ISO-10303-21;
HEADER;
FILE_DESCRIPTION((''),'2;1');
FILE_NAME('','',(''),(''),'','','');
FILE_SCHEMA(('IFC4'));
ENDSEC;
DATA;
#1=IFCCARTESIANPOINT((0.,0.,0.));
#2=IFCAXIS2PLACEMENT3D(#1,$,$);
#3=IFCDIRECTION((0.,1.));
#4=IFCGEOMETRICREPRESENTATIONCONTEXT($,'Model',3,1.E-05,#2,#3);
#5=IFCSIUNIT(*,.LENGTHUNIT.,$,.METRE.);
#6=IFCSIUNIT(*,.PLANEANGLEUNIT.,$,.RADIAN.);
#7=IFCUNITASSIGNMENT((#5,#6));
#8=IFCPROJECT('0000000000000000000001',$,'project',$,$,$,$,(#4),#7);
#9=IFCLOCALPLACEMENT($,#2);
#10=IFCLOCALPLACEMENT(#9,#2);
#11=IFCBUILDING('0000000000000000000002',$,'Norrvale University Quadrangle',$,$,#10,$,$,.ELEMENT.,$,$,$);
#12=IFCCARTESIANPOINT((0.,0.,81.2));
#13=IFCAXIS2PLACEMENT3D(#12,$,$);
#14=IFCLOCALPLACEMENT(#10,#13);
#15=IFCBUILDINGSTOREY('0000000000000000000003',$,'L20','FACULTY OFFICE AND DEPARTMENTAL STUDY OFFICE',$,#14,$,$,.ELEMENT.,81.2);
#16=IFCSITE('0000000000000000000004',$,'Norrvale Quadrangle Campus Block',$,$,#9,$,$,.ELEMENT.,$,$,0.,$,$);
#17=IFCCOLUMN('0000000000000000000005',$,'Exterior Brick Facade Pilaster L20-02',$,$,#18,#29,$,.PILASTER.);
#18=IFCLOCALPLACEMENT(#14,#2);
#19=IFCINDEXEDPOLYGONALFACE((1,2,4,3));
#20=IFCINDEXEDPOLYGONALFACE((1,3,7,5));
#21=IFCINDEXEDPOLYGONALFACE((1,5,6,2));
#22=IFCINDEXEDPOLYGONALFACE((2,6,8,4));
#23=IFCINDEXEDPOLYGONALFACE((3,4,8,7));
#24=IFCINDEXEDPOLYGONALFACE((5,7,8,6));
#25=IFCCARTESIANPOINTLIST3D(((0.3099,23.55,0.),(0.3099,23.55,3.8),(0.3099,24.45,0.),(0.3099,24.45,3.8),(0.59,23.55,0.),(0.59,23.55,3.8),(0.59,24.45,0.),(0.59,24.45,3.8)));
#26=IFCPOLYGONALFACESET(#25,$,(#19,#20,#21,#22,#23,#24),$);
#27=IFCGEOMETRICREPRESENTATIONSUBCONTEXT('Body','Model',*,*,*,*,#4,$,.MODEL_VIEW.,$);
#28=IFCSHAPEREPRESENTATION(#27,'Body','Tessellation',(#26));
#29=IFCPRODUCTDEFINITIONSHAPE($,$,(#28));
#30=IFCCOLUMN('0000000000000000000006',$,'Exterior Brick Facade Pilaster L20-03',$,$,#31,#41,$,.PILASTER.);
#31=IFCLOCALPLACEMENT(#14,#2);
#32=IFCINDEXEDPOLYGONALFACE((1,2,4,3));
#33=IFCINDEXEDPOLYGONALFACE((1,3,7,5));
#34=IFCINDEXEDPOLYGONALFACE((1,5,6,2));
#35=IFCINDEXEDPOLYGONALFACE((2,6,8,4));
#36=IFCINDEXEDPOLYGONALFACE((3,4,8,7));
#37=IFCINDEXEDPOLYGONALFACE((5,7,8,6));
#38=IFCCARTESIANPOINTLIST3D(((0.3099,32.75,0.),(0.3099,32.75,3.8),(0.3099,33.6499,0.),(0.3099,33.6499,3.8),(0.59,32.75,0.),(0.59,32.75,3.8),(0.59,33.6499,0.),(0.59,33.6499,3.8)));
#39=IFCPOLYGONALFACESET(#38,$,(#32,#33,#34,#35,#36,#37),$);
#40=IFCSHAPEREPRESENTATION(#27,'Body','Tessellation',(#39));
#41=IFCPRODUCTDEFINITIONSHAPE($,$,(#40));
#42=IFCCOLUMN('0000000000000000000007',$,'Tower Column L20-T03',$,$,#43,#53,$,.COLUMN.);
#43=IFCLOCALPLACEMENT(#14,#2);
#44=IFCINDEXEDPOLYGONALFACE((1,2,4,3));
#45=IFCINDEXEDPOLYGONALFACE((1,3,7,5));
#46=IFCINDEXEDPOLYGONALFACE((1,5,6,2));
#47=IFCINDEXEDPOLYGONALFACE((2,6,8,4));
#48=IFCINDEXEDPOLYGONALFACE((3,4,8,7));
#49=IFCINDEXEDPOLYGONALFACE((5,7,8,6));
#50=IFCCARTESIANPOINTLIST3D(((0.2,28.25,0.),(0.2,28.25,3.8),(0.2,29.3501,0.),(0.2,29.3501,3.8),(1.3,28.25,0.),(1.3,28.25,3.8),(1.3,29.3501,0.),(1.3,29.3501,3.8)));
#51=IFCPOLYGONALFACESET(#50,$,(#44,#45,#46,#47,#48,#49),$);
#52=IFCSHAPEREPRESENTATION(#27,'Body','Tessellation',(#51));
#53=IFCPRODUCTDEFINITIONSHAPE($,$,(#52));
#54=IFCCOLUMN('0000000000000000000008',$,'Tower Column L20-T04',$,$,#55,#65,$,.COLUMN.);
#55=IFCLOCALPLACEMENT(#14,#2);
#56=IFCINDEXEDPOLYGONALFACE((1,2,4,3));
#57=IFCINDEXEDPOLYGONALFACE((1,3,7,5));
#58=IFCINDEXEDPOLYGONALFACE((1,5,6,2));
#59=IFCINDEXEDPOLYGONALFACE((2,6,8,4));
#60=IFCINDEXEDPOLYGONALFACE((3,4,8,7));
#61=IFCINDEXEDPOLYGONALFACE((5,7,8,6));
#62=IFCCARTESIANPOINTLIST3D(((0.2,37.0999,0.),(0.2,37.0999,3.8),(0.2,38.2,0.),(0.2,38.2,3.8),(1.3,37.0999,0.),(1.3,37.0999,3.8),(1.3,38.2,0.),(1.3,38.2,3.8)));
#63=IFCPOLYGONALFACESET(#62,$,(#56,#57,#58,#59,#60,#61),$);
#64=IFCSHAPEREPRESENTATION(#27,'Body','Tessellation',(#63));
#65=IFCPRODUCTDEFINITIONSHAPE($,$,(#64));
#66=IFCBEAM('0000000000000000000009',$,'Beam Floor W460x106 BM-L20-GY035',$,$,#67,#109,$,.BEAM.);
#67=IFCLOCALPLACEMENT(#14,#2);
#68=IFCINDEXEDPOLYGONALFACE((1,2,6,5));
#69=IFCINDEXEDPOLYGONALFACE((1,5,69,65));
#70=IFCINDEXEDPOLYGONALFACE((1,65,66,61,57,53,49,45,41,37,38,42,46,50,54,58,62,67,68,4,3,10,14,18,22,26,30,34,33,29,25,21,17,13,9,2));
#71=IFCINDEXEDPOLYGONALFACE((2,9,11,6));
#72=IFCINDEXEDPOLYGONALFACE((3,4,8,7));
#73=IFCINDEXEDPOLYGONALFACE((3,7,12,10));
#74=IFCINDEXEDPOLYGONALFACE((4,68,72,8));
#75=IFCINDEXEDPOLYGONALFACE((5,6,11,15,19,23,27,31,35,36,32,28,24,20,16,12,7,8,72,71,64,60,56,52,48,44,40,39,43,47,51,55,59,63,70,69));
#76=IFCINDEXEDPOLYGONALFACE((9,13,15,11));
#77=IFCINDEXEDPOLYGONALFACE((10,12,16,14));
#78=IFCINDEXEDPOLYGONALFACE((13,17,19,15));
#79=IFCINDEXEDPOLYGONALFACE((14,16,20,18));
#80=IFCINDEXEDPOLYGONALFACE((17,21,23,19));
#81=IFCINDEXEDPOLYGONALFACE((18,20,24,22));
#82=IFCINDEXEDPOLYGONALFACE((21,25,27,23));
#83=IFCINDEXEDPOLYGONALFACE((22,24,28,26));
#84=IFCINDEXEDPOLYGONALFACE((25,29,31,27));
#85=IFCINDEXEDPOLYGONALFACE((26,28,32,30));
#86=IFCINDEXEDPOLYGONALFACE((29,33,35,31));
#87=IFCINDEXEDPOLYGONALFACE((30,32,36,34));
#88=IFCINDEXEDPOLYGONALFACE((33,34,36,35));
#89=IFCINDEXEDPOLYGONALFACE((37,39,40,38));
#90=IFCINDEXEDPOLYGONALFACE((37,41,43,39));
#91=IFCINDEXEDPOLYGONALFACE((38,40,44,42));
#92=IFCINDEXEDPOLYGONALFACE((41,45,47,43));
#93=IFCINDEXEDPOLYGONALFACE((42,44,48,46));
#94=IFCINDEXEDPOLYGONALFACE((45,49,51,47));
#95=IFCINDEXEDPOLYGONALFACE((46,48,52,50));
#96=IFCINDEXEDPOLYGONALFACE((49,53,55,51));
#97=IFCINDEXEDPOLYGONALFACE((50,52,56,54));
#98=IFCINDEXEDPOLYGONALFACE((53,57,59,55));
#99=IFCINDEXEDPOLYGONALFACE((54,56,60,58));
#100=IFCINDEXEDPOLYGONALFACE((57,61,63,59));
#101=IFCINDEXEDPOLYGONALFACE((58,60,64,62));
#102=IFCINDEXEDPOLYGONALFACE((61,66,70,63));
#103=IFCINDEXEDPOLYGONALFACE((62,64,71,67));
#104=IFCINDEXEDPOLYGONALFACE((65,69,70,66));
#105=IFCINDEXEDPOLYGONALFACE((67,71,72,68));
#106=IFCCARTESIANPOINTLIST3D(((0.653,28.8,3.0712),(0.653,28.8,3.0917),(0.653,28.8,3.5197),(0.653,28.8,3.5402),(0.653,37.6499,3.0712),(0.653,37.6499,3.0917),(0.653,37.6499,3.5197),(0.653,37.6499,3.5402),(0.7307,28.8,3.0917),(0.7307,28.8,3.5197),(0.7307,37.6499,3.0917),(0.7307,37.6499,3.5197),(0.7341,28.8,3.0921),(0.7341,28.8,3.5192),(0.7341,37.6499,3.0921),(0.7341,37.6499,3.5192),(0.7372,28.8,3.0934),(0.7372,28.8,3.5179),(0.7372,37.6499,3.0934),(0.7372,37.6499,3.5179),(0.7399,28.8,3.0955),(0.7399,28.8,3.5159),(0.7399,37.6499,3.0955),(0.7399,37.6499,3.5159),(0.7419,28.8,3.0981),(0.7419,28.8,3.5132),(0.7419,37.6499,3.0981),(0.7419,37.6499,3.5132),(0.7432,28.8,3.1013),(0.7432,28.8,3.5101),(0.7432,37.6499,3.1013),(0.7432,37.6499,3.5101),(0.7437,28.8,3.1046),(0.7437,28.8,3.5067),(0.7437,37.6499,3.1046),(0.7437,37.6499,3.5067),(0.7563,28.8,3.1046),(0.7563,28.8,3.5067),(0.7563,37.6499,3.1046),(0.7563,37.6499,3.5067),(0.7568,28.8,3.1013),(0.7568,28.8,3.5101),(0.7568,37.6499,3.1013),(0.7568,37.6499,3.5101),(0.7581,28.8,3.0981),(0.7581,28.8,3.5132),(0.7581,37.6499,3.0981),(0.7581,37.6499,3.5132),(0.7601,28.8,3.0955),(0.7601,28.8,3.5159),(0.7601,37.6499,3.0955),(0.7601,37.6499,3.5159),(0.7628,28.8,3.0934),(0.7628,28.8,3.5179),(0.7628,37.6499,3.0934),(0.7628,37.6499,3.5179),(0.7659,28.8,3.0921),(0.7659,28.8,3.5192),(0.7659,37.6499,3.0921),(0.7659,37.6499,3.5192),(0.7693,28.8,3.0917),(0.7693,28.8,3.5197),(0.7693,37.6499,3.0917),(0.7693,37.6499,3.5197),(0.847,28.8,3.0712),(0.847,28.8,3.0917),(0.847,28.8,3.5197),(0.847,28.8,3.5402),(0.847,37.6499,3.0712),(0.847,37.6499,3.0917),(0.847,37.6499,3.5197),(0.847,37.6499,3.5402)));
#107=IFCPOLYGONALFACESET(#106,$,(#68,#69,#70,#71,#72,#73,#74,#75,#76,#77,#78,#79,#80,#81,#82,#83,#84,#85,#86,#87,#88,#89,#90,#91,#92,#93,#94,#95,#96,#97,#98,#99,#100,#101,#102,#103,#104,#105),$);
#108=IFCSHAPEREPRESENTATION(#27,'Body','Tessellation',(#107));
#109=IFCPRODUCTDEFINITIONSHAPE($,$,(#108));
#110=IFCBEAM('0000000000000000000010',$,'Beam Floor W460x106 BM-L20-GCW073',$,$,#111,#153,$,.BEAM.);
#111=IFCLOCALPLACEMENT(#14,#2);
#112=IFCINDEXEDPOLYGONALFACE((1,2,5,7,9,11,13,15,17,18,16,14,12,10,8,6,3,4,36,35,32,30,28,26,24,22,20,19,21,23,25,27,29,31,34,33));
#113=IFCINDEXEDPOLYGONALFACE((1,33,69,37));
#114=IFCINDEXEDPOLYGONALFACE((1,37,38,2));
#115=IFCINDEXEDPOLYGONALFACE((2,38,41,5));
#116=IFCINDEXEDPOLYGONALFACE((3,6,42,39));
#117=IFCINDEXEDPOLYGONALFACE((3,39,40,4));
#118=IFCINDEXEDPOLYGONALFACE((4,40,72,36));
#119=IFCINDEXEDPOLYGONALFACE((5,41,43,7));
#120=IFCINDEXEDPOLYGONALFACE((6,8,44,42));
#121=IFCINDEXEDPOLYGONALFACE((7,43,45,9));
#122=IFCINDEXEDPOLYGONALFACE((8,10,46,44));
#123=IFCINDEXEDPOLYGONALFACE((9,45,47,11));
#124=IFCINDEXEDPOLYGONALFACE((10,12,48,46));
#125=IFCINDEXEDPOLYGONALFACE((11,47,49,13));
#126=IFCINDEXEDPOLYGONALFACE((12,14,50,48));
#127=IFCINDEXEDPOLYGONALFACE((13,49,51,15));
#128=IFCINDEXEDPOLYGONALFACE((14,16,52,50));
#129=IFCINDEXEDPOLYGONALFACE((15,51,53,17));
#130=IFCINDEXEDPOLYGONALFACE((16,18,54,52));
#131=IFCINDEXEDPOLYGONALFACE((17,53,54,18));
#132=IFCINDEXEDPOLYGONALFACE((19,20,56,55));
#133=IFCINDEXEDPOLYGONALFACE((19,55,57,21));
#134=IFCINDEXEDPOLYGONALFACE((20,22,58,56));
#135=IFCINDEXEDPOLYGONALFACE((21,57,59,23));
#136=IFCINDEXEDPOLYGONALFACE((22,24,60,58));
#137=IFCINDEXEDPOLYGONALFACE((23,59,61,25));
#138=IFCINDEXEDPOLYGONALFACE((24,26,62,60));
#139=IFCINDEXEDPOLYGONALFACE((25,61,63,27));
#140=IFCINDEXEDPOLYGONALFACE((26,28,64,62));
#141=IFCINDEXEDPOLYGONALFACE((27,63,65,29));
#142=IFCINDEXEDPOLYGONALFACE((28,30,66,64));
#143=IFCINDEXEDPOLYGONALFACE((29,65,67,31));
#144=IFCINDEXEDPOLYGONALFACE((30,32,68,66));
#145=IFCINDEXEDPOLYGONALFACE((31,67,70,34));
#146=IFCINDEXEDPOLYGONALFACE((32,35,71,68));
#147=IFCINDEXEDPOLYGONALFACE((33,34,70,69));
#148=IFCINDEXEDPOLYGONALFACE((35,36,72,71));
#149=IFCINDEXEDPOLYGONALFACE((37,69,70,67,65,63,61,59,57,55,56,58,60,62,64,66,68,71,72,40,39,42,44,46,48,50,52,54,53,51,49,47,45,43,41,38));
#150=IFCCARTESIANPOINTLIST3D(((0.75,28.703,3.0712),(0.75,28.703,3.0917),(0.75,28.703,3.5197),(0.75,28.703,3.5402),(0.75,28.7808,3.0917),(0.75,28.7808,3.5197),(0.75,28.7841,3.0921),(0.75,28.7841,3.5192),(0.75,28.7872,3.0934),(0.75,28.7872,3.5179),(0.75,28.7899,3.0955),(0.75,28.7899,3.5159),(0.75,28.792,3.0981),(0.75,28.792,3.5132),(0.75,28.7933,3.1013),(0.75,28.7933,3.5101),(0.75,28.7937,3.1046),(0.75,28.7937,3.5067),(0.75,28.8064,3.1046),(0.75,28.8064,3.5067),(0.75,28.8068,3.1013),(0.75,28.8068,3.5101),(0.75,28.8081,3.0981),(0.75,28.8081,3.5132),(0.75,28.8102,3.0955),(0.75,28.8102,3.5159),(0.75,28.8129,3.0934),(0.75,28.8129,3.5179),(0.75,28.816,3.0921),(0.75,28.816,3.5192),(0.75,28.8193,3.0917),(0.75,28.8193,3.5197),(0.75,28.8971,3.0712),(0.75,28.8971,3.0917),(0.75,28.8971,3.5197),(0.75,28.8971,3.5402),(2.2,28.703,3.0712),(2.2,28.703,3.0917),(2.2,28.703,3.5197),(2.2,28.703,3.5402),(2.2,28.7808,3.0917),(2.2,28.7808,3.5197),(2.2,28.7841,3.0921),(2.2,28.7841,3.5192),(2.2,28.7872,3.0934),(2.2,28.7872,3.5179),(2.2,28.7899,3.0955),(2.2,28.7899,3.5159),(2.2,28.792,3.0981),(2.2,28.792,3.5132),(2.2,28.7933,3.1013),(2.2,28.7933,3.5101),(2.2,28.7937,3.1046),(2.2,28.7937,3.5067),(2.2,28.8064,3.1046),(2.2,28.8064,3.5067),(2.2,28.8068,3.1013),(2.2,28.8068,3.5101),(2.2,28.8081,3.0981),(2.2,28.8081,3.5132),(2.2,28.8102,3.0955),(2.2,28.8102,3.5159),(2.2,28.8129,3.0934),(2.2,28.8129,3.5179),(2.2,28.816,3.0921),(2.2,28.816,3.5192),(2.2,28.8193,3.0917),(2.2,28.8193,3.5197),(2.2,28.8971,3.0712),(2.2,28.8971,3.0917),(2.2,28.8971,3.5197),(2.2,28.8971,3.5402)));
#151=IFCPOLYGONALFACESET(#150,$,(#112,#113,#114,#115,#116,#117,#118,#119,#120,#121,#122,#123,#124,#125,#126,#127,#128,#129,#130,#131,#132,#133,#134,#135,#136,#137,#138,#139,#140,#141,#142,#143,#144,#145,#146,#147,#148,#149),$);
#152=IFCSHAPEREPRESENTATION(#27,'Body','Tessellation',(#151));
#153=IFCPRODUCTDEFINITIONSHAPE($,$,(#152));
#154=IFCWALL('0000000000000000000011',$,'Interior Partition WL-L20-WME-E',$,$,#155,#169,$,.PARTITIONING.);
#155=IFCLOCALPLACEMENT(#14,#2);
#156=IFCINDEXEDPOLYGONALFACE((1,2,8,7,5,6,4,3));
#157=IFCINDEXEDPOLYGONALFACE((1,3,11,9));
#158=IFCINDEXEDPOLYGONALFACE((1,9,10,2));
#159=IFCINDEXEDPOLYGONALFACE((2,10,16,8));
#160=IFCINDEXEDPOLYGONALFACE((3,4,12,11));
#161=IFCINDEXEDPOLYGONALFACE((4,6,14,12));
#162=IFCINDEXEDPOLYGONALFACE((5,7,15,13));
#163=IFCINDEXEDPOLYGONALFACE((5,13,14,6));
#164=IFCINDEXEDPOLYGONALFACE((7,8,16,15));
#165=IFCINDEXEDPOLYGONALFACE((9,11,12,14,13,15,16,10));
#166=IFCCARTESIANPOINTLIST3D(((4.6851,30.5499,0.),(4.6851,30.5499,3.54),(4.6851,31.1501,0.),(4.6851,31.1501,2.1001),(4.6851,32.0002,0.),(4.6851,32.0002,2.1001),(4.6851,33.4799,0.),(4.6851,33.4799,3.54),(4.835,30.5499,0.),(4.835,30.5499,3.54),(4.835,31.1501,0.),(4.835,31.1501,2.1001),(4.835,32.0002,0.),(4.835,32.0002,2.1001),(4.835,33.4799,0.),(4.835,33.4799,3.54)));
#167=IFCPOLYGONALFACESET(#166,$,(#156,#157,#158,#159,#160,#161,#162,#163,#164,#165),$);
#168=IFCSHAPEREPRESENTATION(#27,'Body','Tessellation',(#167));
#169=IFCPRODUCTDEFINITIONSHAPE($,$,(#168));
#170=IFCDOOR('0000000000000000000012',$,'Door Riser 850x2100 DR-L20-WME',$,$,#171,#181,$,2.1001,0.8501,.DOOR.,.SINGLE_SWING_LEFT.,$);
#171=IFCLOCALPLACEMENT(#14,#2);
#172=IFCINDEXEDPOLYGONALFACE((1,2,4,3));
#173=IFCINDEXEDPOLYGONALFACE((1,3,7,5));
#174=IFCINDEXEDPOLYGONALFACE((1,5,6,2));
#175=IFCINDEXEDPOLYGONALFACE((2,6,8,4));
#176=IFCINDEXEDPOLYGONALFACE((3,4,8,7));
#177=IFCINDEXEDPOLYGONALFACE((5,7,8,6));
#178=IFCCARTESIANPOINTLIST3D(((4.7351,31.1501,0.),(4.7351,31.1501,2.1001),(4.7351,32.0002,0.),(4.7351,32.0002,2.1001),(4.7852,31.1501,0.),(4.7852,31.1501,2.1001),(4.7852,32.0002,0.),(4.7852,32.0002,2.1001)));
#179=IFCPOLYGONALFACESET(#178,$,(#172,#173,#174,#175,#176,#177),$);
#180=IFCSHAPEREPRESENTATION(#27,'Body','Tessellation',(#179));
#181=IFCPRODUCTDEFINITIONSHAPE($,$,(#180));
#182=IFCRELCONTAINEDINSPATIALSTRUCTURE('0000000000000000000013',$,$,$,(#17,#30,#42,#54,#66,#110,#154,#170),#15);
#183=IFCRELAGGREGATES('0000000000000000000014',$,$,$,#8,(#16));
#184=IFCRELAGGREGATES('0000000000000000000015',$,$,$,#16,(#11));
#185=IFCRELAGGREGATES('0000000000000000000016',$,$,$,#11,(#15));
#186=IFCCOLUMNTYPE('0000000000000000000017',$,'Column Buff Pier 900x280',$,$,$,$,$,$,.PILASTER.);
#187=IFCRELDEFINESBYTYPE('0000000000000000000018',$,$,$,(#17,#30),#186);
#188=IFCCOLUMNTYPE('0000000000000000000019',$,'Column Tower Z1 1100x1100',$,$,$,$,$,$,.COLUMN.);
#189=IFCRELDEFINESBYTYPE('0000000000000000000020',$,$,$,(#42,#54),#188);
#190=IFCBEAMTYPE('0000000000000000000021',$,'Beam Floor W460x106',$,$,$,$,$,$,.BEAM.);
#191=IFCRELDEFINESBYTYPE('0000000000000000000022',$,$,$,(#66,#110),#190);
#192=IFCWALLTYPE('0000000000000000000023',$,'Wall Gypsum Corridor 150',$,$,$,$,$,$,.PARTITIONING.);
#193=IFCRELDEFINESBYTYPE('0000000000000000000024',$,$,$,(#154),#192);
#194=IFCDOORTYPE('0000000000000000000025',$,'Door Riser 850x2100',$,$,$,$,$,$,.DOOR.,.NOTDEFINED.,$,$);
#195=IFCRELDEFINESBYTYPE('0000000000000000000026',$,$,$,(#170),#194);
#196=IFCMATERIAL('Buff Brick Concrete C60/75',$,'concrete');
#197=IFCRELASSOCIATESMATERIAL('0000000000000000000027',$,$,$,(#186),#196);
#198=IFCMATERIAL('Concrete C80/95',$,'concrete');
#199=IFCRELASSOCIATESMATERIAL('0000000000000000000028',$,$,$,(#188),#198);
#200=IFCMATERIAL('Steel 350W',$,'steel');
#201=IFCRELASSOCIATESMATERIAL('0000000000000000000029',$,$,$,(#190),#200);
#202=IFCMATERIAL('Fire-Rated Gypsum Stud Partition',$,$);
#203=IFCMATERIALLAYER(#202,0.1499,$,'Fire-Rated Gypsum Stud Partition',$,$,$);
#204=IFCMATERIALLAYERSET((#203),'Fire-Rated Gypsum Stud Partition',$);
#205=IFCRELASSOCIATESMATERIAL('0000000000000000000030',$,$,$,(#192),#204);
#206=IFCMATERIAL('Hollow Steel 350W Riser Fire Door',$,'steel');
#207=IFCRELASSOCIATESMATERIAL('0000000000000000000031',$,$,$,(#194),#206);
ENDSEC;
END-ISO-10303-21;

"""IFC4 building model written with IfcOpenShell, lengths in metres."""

from ifc_helpers import new_model, si_unit, direction, frame, frame_2d, origin, origin_2d, place, context, subcontext, project, spatial, rectangle, i_section, extrude, material, layer, layer_set, material_profile, profile_set, type_object, element, fill, save


model = new_model("IFC4")

# Units and contexts
model_context = context("Model", 3, precision=1e-05, world=origin(), true_north=direction((0.0, 1.0)))
body_context = subcontext(model_context, "Body", "Model", "MODEL_VIEW")
ifc_project = project(units=[si_unit("LENGTHUNIT", "METRE"), si_unit("PLANEANGLEUNIT", "RADIAN")], contexts=[model_context])

# Site, building, storey
site_placement = place(None, origin())
site = spatial("IfcSite", under=ifc_project, at=site_placement, Name="Norrvale Quadrangle Campus Block", CompositionType="ELEMENT", RefElevation=0.0)
building_placement = place(site_placement, origin())
building = spatial("IfcBuilding", under=site, at=building_placement, Name="Norrvale University Quadrangle", CompositionType="ELEMENT")
storey_placement = place(building_placement, frame((0.0, 0.0, 81.2)))
storey = spatial("IfcBuildingStorey", under=building, at=storey_placement, Name="L20", Description="FACULTY OFFICE AND DEPARTMENTAL STUDY OFFICE", CompositionType="ELEMENT", Elevation=81.2)

# Columns
ifc_material_1 = material(Name="Buff Brick Concrete C60/75", Category="concrete")
ifc_material_profile_1 = material_profile(ifc_material_1, rectangle(XDim=0.8999, YDim=0.28, at=origin_2d()), Name="Buff Brick Concrete C60/75")
ifc_profile_set_1 = profile_set([ifc_material_profile_1], Name="Buff Brick Concrete C60/75")
column_type_1 = type_object("IfcColumnType", Name="Column Buff Pier 900x280", PredefinedType="PILASTER", material=ifc_profile_set_1)
for number, where, z_axis, x_axis, name in (
    (1, (0.45, 24.0, 0.0), (0.0, 0.0, 1.0), (0.0, 1.0, 0.0), "Exterior Brick Facade Pilaster L20-02"),
    (2, (0.45, 33.2, 0.0), (0.0, 0.0, 1.0), (0.0, 1.0, 0.0), "Exterior Brick Facade Pilaster L20-03"),
):
    element("IfcColumn", number, at=place(storey_placement, frame(where, z_axis=z_axis, x_axis=x_axis)), inside=storey, type_object=column_type_1, Name=name, PredefinedType="PILASTER", context=body_context, shape_type="SweptSolid", body=[
        extrude(rectangle(XDim=0.8999, YDim=0.28, at=origin_2d()), origin(), (0.0, 0.0, 1.0), 3.8),
    ])
ifc_material_2 = material(Name="Concrete C80/95", Category="concrete")
ifc_material_profile_2 = material_profile(ifc_material_2, rectangle(XDim=1.1001, YDim=1.1001, at=origin_2d()), Name="Concrete C80/95")
ifc_profile_set_2 = profile_set([ifc_material_profile_2], Name="Concrete C80/95")
column_type_2 = type_object("IfcColumnType", Name="Column Tower Z1 1100x1100", PredefinedType="COLUMN", material=ifc_profile_set_2)
for number, where, z_axis, x_axis, name in (
    (3, (0.75, 28.8, 0.0), (0.0, 0.0, 1.0), (1.0, 0.0, 0.0), "Tower Column L20-T03"),
    (4, (0.75, 37.6499, 0.0), (0.0, 0.0, 1.0), (1.0, 0.0, 0.0), "Tower Column L20-T04"),
):
    element("IfcColumn", number, at=place(storey_placement, frame(where, z_axis=z_axis, x_axis=x_axis)), inside=storey, type_object=column_type_2, Name=name, PredefinedType="COLUMN", context=body_context, shape_type="SweptSolid", body=[
        extrude(rectangle(XDim=1.1001, YDim=1.1001, at=origin_2d()), origin(), (0.0, 0.0, 1.0), 3.8),
    ])

# Beams
ifc_material_3 = material(Name="Steel 350W", Category="steel")
ifc_material_profile_3 = material_profile(ifc_material_3, i_section(OverallWidth=0.1941, OverallDepth=0.469, WebThickness=0.0127, FlangeThickness=0.0205, FilletRadius=0.0129, at=origin_2d()), Name="Steel 350W")
ifc_profile_set_3 = profile_set([ifc_material_profile_3], Name="Steel 350W")
beam_type = type_object("IfcBeamType", Name="Beam Floor W460x106", PredefinedType="BEAM", material=ifc_profile_set_3)
beam_1_placement = place(storey_placement, frame((0.75, 28.8, 3.3057), z_axis=(0.0, 1.0, 0.0), x_axis=(-1.0, 0.0, 0.0)))
element("IfcBeam", 5, at=beam_1_placement, inside=storey, type_object=beam_type, Name="Beam Floor W460x106 BM-L20-GY035", PredefinedType="BEAM", context=body_context, shape_type="SweptSolid", body=[
    extrude(i_section(OverallWidth=0.1941, OverallDepth=0.469, WebThickness=0.0127, FlangeThickness=0.0205, FilletRadius=0.0129, at=origin_2d()), origin(), (0.0, 0.0, 1.0), 8.8499),
])
beam_2_placement = place(storey_placement, frame((0.75, 28.8, 3.3057), z_axis=(1.0, 0.0, 0.0), x_axis=(0.0, 1.0, 0.0)))
element("IfcBeam", 6, at=beam_2_placement, inside=storey, type_object=beam_type, Name="Beam Floor W460x106 BM-L20-GCW073", PredefinedType="BEAM", context=body_context, shape_type="SweptSolid", body=[
    extrude(i_section(OverallWidth=0.1941, OverallDepth=0.469, WebThickness=0.0127, FlangeThickness=0.0205, FilletRadius=0.0129, at=origin_2d()), origin(), (0.0, 0.0, 1.0), 1.45),
])

# Wall, opening, door
ifc_material_4 = material(Name="Fire-Rated Gypsum Stud Partition")
ifc_layer_1 = layer(ifc_material_4, 0.1499, Name="Fire-Rated Gypsum Stud Partition")
ifc_layer_set_1 = layer_set([ifc_layer_1], Name="Fire-Rated Gypsum Stud Partition")
wall_type_1 = type_object("IfcWallType", Name="Wall Gypsum Corridor 150", PredefinedType="PARTITIONING", material=ifc_layer_set_1)
wall_1_placement = place(storey_placement, frame((4.76, 30.55, 0.0), z_axis=(0.0, 0.0, 1.0), x_axis=(0.0, 1.0, 0.0)))
wall_1 = element("IfcWall", 7, at=wall_1_placement, inside=storey, type_object=wall_type_1, Name="Interior Partition WL-L20-WME-E", PredefinedType="PARTITIONING", context=body_context, shape_type="SweptSolid", body=[
    extrude(rectangle(XDim=2.9299, YDim=0.1499, at=frame_2d((1.4648, 0.0))), origin(), (0.0, 0.0, 1.0), 3.54),
])
opening_1_placement = place(wall_1_placement, frame((0.6001, 0.0, 0.0)))
opening_1 = element("IfcOpeningElement", 8, at=opening_1_placement, cuts=wall_1, PredefinedType="OPENING", context=body_context, shape_type="SweptSolid", body=[
    extrude(rectangle(XDim=0.8501, YDim=2.1001, at=frame_2d((0.425, 1.05))), frame((0.0, 0.0869, 0.0), z_axis=(0.0, -1.0, 0.0), x_axis=(1.0, 0.0, 0.0)), (0.0, 0.0, 1.0), 0.1738),
])
ifc_material_5 = material(Name="Hollow Steel 350W Riser Fire Door", Category="steel")
door_type_1 = type_object("IfcDoorType", Name="Door Riser 850x2100", OperationType="NOTDEFINED", PredefinedType="DOOR", material=ifc_material_5)
door_1_placement = place(opening_1_placement, origin())
door_1 = element("IfcDoor", 9, at=door_1_placement, inside=storey, type_object=door_type_1, Name="Door Riser 850x2100 DR-L20-WME", OperationType="SINGLE_SWING_LEFT", OverallHeight=2.1001, OverallWidth=0.8501, PredefinedType="DOOR", context=body_context, shape_type="SweptSolid", body=[
    extrude(rectangle(XDim=0.8501, YDim=2.1001, at=frame_2d((0.425, 1.05))), frame((0.0, 0.0249, 0.0), z_axis=(0.0, -1.0, 0.0), x_axis=(1.0, 0.0, 0.0)), (0.0, 0.0, 1.0), 0.05),
])
fill(opening_1, door_1)

save(model, "model.ifc")
